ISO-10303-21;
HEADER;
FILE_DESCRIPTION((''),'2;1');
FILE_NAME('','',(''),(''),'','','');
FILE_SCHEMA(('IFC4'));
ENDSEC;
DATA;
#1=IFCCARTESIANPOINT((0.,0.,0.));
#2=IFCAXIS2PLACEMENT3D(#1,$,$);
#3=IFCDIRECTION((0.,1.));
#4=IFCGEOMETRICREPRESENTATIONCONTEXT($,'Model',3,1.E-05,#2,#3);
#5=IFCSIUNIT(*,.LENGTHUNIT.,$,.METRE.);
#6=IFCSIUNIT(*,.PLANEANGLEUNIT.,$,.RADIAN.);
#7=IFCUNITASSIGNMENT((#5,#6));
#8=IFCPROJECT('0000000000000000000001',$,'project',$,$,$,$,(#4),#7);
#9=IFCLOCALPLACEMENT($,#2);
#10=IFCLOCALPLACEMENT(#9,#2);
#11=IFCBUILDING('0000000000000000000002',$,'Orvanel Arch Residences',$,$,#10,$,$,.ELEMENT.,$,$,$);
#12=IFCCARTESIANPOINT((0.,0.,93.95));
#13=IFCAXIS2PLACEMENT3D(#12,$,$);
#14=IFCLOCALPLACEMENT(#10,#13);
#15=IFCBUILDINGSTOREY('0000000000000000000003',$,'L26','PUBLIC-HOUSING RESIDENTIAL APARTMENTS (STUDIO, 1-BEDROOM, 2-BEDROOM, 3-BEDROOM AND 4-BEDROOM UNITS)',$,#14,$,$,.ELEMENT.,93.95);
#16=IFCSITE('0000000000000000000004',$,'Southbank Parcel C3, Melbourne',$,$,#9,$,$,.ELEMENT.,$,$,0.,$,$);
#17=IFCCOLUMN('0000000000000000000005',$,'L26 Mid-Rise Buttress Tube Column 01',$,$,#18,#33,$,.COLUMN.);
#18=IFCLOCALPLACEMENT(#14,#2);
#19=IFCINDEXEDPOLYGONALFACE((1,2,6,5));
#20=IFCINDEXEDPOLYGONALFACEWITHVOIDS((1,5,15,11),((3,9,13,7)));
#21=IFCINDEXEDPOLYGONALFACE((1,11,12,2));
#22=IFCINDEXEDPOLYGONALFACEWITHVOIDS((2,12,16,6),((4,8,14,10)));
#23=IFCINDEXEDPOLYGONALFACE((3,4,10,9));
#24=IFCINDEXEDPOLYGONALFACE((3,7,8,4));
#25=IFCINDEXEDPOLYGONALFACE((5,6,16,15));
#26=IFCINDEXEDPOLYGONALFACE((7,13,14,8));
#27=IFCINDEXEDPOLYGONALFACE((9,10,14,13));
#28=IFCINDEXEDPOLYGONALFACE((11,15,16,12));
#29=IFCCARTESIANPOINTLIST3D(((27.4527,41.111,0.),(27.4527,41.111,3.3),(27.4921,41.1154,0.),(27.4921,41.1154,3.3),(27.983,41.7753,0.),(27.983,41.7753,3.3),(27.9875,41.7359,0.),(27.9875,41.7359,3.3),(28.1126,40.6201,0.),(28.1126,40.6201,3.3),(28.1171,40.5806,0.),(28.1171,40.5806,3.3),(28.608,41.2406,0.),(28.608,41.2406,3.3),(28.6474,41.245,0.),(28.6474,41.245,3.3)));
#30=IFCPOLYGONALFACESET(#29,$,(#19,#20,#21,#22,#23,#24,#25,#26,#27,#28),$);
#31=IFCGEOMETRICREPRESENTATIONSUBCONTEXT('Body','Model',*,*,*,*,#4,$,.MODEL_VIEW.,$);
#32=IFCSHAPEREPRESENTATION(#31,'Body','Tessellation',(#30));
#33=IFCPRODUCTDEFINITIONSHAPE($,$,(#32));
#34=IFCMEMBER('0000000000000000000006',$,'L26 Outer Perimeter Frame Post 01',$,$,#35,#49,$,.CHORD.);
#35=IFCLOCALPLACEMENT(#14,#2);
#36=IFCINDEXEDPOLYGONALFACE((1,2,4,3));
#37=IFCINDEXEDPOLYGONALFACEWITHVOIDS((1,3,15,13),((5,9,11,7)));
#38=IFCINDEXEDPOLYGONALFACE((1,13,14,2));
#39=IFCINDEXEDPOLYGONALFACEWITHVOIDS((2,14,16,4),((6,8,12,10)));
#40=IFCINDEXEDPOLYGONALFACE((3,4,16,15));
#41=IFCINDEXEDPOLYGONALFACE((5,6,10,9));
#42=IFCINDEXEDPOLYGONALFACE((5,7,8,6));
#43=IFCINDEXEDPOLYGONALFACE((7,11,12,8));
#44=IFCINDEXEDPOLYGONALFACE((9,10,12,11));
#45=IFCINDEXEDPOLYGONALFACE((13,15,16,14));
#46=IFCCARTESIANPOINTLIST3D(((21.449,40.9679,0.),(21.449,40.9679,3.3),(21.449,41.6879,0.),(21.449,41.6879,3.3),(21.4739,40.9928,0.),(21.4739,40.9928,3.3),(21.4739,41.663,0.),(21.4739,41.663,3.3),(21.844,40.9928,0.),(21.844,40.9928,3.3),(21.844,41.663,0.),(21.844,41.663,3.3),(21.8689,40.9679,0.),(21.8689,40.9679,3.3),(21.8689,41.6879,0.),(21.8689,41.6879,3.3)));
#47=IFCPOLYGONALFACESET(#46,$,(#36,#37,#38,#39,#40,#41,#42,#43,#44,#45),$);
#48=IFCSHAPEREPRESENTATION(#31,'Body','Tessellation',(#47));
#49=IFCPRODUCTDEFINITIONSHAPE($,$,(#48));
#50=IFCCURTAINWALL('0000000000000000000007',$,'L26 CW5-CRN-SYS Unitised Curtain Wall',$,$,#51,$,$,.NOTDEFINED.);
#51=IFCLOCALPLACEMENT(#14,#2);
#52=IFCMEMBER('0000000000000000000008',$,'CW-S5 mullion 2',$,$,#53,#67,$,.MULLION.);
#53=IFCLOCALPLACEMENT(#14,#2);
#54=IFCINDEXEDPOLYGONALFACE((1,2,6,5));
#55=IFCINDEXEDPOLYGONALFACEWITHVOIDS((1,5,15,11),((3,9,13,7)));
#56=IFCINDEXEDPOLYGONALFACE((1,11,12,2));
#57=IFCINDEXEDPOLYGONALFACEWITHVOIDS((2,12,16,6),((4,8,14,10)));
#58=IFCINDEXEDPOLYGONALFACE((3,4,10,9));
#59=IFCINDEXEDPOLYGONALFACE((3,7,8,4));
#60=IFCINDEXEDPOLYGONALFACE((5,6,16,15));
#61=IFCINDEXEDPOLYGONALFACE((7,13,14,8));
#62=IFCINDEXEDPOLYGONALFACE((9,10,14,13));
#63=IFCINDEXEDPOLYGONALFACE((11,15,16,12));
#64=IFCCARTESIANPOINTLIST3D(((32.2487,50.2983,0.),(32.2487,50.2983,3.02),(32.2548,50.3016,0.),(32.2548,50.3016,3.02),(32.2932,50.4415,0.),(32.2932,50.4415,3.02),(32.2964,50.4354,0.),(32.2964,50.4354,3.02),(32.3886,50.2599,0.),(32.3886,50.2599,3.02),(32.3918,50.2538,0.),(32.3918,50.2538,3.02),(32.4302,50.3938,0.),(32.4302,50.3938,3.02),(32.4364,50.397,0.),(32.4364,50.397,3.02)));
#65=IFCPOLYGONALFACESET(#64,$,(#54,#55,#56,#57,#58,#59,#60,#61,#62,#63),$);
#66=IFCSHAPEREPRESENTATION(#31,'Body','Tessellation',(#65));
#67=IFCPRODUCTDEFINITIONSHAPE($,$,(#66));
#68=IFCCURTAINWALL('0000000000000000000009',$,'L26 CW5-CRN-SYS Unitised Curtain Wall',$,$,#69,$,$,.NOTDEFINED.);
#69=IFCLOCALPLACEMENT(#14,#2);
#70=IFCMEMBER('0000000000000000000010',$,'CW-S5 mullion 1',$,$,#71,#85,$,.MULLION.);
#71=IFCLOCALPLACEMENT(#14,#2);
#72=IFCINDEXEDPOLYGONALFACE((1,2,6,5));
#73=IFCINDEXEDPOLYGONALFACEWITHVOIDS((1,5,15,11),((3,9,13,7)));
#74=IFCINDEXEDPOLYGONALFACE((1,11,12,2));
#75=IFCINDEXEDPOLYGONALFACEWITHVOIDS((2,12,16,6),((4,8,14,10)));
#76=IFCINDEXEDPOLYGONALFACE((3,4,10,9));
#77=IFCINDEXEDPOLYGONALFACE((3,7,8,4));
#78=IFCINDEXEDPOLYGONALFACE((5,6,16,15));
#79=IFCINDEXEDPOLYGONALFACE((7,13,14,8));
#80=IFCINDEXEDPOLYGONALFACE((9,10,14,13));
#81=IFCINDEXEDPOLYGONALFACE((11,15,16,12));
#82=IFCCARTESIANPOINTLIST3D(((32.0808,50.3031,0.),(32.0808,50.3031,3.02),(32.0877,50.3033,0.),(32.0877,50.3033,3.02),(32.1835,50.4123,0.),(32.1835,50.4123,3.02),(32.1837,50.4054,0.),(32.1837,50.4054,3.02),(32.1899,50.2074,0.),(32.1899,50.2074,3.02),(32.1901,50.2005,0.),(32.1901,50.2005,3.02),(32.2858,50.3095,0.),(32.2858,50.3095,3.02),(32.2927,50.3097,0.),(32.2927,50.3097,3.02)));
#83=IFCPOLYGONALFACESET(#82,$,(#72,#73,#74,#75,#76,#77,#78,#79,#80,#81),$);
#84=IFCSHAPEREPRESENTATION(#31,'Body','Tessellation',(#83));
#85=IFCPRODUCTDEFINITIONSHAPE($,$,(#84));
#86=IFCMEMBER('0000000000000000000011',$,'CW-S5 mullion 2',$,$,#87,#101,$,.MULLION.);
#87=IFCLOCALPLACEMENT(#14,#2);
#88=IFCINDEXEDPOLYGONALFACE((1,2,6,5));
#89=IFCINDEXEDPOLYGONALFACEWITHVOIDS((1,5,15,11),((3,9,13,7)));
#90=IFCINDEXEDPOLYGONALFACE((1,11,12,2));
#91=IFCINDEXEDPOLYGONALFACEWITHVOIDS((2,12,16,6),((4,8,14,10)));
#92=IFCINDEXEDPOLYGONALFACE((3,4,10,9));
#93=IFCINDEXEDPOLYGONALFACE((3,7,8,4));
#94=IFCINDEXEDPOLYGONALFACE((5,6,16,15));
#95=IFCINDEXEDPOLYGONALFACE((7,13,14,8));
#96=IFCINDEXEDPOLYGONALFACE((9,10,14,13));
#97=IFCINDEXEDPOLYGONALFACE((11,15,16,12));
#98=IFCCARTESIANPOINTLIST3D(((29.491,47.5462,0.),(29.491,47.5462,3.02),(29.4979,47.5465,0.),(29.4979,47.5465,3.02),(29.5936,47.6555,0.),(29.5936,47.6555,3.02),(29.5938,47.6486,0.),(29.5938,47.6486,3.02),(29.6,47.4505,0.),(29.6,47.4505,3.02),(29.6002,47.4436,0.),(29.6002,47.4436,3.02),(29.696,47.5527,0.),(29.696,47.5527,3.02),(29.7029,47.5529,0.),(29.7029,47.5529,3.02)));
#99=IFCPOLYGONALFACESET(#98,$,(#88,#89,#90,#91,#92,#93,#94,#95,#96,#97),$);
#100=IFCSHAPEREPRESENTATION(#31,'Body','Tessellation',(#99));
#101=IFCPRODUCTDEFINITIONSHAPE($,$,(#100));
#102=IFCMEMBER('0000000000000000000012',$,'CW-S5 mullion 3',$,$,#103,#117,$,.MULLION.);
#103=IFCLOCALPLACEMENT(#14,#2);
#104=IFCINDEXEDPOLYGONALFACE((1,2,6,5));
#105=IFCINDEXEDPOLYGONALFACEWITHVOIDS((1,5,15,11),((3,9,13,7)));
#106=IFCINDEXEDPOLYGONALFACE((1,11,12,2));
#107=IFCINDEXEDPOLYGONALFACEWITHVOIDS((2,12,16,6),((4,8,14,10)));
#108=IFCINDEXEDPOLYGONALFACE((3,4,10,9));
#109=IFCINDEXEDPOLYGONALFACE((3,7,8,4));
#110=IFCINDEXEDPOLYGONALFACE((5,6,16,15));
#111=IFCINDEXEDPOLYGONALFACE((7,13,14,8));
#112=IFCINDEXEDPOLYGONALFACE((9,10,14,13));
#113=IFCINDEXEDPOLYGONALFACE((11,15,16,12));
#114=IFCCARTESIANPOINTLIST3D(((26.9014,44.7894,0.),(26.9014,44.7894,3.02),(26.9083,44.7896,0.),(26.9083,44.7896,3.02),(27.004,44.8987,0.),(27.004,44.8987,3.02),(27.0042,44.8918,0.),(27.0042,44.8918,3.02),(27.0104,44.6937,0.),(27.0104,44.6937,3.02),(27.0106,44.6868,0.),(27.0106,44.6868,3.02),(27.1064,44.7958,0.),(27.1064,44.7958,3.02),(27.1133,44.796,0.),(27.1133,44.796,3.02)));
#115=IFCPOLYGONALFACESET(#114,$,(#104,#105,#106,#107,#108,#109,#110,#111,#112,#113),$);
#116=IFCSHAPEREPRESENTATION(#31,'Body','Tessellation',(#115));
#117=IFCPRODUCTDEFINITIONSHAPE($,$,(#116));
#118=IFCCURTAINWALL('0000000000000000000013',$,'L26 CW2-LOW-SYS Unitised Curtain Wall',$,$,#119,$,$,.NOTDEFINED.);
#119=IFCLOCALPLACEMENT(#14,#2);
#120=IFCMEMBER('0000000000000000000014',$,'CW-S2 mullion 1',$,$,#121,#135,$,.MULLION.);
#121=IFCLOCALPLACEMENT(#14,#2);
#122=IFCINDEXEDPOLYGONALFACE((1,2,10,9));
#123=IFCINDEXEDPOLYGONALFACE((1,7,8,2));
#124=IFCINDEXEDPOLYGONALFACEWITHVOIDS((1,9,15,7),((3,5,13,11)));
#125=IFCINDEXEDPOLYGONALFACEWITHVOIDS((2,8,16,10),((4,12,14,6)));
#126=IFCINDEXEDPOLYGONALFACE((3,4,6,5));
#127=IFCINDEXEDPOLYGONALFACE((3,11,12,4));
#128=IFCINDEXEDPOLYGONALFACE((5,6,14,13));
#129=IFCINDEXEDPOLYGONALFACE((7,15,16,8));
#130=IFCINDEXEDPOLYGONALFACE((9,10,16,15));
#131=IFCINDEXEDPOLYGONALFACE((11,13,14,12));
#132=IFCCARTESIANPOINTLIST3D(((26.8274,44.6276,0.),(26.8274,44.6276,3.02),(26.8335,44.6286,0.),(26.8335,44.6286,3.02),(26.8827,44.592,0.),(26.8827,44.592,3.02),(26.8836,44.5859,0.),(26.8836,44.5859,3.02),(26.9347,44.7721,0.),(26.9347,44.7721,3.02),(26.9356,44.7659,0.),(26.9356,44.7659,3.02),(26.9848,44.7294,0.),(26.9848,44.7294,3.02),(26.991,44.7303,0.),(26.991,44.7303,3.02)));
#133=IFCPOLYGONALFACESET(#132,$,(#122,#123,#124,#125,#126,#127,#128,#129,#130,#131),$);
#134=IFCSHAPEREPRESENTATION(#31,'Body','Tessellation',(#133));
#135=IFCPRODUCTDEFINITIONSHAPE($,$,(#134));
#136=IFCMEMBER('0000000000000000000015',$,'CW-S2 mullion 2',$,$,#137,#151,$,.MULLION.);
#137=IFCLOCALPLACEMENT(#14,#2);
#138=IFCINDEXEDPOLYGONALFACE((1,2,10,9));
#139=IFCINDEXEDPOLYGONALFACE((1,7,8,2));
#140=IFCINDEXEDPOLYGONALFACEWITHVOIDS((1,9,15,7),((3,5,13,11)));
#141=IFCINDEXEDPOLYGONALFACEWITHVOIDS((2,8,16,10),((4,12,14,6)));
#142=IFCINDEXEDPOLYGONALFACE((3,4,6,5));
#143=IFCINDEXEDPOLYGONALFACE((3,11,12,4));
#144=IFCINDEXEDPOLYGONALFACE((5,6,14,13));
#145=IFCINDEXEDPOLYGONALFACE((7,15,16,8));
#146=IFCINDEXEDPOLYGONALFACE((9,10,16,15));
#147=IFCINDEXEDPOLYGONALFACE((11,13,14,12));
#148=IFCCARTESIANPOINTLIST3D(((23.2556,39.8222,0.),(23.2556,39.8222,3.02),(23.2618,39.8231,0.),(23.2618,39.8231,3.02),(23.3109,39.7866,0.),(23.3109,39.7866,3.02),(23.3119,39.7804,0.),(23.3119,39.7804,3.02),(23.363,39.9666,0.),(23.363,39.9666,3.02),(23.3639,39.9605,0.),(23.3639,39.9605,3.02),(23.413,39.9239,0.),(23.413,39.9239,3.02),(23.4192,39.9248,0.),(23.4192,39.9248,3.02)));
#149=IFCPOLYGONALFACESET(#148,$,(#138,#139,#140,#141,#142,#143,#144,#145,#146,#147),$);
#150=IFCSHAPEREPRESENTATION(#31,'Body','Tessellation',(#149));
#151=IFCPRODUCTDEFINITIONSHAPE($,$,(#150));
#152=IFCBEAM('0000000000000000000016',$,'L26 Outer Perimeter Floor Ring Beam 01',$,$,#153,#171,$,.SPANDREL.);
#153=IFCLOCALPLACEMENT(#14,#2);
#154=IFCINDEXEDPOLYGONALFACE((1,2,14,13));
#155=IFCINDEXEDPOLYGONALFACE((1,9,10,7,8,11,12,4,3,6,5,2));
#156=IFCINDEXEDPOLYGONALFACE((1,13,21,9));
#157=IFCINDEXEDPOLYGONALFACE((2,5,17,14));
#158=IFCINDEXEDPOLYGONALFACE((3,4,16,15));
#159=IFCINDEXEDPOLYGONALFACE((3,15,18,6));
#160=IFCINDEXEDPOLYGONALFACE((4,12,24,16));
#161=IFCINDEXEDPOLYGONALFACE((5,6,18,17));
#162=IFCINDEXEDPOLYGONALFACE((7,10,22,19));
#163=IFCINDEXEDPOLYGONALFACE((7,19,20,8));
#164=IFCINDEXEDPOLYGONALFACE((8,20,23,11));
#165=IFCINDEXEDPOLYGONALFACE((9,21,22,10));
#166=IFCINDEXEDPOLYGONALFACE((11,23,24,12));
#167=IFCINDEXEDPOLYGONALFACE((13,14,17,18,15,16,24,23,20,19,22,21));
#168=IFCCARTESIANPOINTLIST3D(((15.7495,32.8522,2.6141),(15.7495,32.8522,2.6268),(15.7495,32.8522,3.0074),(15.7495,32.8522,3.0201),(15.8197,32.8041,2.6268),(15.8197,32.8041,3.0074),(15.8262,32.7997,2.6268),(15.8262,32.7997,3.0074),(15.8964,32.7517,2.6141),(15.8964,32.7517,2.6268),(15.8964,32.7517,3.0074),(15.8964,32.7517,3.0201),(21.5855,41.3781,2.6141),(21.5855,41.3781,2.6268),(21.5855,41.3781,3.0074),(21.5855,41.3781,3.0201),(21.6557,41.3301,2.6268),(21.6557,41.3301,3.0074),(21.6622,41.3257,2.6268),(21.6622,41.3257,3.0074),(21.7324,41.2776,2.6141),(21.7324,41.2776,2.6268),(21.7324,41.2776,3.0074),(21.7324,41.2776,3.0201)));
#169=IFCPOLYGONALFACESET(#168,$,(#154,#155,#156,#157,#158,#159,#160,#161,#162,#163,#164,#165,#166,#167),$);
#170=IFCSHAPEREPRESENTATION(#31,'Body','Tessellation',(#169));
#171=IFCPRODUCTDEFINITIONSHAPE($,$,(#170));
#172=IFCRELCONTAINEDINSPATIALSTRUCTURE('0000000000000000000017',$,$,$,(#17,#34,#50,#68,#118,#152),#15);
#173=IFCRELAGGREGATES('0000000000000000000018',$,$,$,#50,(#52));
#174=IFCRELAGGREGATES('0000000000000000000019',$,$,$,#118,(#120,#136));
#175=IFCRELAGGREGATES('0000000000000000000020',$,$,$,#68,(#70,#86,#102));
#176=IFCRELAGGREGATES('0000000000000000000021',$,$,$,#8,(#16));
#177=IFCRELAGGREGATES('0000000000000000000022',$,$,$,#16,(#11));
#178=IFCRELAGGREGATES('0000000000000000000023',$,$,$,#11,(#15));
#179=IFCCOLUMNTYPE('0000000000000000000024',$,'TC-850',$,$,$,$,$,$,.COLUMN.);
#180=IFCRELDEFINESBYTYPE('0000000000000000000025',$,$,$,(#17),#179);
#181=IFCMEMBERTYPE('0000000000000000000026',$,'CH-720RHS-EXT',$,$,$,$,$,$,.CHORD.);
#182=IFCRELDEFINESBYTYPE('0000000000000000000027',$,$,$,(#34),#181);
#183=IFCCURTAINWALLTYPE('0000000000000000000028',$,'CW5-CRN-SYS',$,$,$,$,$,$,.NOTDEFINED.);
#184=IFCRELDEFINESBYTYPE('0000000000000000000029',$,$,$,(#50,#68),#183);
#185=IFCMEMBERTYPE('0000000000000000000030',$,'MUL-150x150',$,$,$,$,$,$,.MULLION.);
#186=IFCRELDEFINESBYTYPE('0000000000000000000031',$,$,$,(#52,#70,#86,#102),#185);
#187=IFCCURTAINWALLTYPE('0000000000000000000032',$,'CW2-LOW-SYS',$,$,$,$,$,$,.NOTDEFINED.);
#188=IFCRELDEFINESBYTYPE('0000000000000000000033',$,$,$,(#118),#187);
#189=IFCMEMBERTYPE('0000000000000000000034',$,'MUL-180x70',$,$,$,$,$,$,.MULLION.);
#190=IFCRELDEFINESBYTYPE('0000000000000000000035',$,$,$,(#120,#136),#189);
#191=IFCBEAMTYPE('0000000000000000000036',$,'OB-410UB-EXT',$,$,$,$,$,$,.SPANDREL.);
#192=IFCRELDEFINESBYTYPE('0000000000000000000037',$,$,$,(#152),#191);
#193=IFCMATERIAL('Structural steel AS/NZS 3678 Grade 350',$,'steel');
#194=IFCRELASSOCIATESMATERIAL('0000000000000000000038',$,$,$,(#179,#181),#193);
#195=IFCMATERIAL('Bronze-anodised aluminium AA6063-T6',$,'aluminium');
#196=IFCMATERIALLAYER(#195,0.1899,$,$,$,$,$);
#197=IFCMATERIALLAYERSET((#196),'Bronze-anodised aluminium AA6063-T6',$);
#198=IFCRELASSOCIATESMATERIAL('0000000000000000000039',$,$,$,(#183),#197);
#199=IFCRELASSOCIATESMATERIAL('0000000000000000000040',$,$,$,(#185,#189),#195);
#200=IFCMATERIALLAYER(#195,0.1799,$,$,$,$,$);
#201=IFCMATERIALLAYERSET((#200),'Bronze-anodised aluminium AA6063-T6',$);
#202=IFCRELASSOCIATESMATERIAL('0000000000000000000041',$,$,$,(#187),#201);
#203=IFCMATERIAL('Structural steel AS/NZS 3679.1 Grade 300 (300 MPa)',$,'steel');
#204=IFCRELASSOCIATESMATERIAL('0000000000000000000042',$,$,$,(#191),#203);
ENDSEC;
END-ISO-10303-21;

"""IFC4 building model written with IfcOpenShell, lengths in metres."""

from ifc_helpers import new_model, si_unit, direction, frame, origin, origin_2d, place, context, subcontext, project, spatial, hollow_rectangle, i_section, extrude, material, layer, layer_set, material_profile, profile_set, type_object, element, aggregate, save


model = new_model("IFC4")

# Units and contexts
model_context = context("Model", 3, precision=1e-05, world=origin(), true_north=direction((0.0, 1.0)))
body_context = subcontext(model_context, "Body", "Model", "MODEL_VIEW")
ifc_project = project(units=[si_unit("LENGTHUNIT", "METRE"), si_unit("PLANEANGLEUNIT", "RADIAN")], contexts=[model_context])

# Site, building, storey
site_placement = place(None, origin())
site = spatial("IfcSite", under=ifc_project, at=site_placement, Name="Southbank Parcel C3, Melbourne", CompositionType="ELEMENT", RefElevation=0.0)
building_placement = place(site_placement, origin())
building = spatial("IfcBuilding", under=site, at=building_placement, Name="Orvanel Arch Residences", CompositionType="ELEMENT")
storey_placement = place(building_placement, frame((0.0, 0.0, 93.95)))
storey = spatial("IfcBuildingStorey", under=building, at=storey_placement, Name="L26", Description="PUBLIC-HOUSING RESIDENTIAL APARTMENTS (STUDIO, 1-BEDROOM, 2-BEDROOM, 3-BEDROOM AND 4-BEDROOM UNITS)", CompositionType="ELEMENT", Elevation=93.95)

# Column
ifc_material_1 = material(Name="Structural steel AS/NZS 3678 Grade 350", Category="steel")
ifc_material_profile_1 = material_profile(ifc_material_1, hollow_rectangle(XDim=0.8501, YDim=0.8501, WallThickness=0.0281, at=origin_2d()), Name="BOX850x850x28")
ifc_profile_set_1 = profile_set([ifc_material_profile_1], Name="Structural steel AS/NZS 3678 Grade 350")
column_type = type_object("IfcColumnType", Name="TC-850", PredefinedType="COLUMN", material=ifc_profile_set_1)
column_placement = place(storey_placement, frame((28.05, 41.178, 0.0), z_axis=(0.0, 0.0, 1.0), x_axis=(0.62388, 0.78152, 0.0)))
element("IfcColumn", 1, at=column_placement, inside=storey, type_object=column_type, Name="L26 Mid-Rise Buttress Tube Column 01", PredefinedType="COLUMN", context=body_context, shape_type="SweptSolid", body=[
    extrude(hollow_rectangle(XDim=0.8501, YDim=0.8501, WallThickness=0.0281, at=origin_2d()), origin(), (0.0, 0.0, 1.0), 3.3),
])

# Member
ifc_material_profile_2 = material_profile(ifc_material_1, hollow_rectangle(XDim=0.4199, YDim=0.72, WallThickness=0.0249, at=origin_2d()), Name="RHS720x420x25")
ifc_profile_set_2 = profile_set([ifc_material_profile_2], Name="Structural steel AS/NZS 3678 Grade 350")
member_type_1 = type_object("IfcMemberType", Name="CH-720RHS-EXT", PredefinedType="CHORD", material=ifc_profile_set_2)
member_1_placement = place(storey_placement, frame((21.6589, 41.3279, 0.0), z_axis=(0.0, 0.0, 1.0), x_axis=(1.0, 0.0, 0.0)))
element("IfcMember", 2, at=member_1_placement, inside=storey, type_object=member_type_1, Name="L26 Outer Perimeter Frame Post 01", PredefinedType="CHORD", context=body_context, shape_type="SweptSolid", body=[
    extrude(hollow_rectangle(XDim=0.4199, YDim=0.72, WallThickness=0.0249, at=origin_2d()), origin(), (0.0, 0.0, 1.0), 3.3),
])

# Curtain wall, member
ifc_material_2 = material(Name="Bronze-anodised aluminium AA6063-T6", Category="aluminium")
ifc_layer_1 = layer(ifc_material_2, 0.1899)
ifc_layer_set_1 = layer_set([ifc_layer_1], Name="Bronze-anodised aluminium AA6063-T6")
curtain_wall_type_1 = type_object("IfcCurtainWallType", Name="CW5-CRN-SYS", PredefinedType="NOTDEFINED", material=ifc_layer_set_1)
curtain_wall_1_placement = place(storey_placement, origin())
curtain_wall_1 = element("IfcCurtainWall", 3, at=curtain_wall_1_placement, inside=storey, type_object=curtain_wall_type_1, Name="L26 CW5-CRN-SYS Unitised Curtain Wall", PredefinedType="NOTDEFINED")
ifc_material_profile_3 = material_profile(ifc_material_2, hollow_rectangle(XDim=0.1499, YDim=0.1499, WallThickness=0.0049, at=origin_2d()), Name="ALU150x150x5")
ifc_profile_set_3 = profile_set([ifc_material_profile_3], Name="Bronze-anodised aluminium AA6063-T6")
member_type_2 = type_object("IfcMemberType", Name="MUL-150x150", PredefinedType="MULLION", material=ifc_profile_set_3)
member_2_placement = place(storey_placement, frame((32.3425, 50.3477, 0.0), z_axis=(0.0, 0.0, 1.0), x_axis=(-0.296949, -0.954893, 0.0)))
member_2 = element("IfcMember", 4, at=member_2_placement, type_object=member_type_2, Name="CW-S5 mullion 2", PredefinedType="MULLION", context=body_context, shape_type="SweptSolid", body=[
    extrude(hollow_rectangle(XDim=0.1499, YDim=0.1499, WallThickness=0.0049, at=origin_2d()), origin(), (0.0, 0.0, 1.0), 3.02),
])
aggregate(curtain_wall_1, [member_2])

# Curtain walls, members
curtain_wall_2_placement = place(storey_placement, origin())
curtain_wall_2 = element("IfcCurtainWall", 5, at=curtain_wall_2_placement, inside=storey, type_object=curtain_wall_type_1, Name="L26 CW5-CRN-SYS Unitised Curtain Wall", PredefinedType="NOTDEFINED")
member_3_placement = place(storey_placement, frame((32.1868, 50.3064, 0.0), z_axis=(0.0, 0.0, 1.0), x_axis=(0.728862, -0.684661, 0.0)))
member_3 = element("IfcMember", 6, at=member_3_placement, type_object=member_type_2, Name="CW-S5 mullion 1", PredefinedType="MULLION", context=body_context, shape_type="SweptSolid", body=[
    extrude(hollow_rectangle(XDim=0.1499, YDim=0.1499, WallThickness=0.0049, at=origin_2d()), origin(), (0.0, 0.0, 1.0), 3.02),
])
member_4_placement = place(storey_placement, frame((29.5969, 47.5496, 0.0), z_axis=(0.0, 0.0, 1.0), x_axis=(0.728862, -0.684661, 0.0)))
member_4 = element("IfcMember", 7, at=member_4_placement, type_object=member_type_2, Name="CW-S5 mullion 2", PredefinedType="MULLION", context=body_context, shape_type="SweptSolid", body=[
    extrude(hollow_rectangle(XDim=0.1499, YDim=0.1499, WallThickness=0.0049, at=origin_2d()), origin(), (0.0, 0.0, 1.0), 3.02),
])
member_5_placement = place(storey_placement, frame((27.0073, 44.7927, 0.0), z_axis=(0.0, 0.0, 1.0), x_axis=(0.728862, -0.684661, 0.0)))
member_5 = element("IfcMember", 8, at=member_5_placement, type_object=member_type_2, Name="CW-S5 mullion 3", PredefinedType="MULLION", context=body_context, shape_type="SweptSolid", body=[
    extrude(hollow_rectangle(XDim=0.1499, YDim=0.1499, WallThickness=0.0049, at=origin_2d()), origin(), (0.0, 0.0, 1.0), 3.02),
])
ifc_layer_2 = layer(ifc_material_2, 0.1799)
ifc_layer_set_2 = layer_set([ifc_layer_2], Name="Bronze-anodised aluminium AA6063-T6")
curtain_wall_type_2 = type_object("IfcCurtainWallType", Name="CW2-LOW-SYS", PredefinedType="NOTDEFINED", material=ifc_layer_set_2)
curtain_wall_3_placement = place(storey_placement, origin())
curtain_wall_3 = element("IfcCurtainWall", 9, at=curtain_wall_3_placement, inside=storey, type_object=curtain_wall_type_2, Name="L26 CW2-LOW-SYS Unitised Curtain Wall", PredefinedType="NOTDEFINED")
ifc_material_profile_4 = material_profile(ifc_material_2, hollow_rectangle(XDim=0.0701, YDim=0.1799, WallThickness=0.0044, at=origin_2d()), Name="ALU180x70x4.5")
ifc_profile_set_4 = profile_set([ifc_material_profile_4], Name="Bronze-anodised aluminium AA6063-T6")
member_type_3 = type_object("IfcMemberType", Name="MUL-180x70", PredefinedType="MULLION", material=ifc_profile_set_4)
member_6_placement = place(storey_placement, frame((26.9092, 44.679, 0.0), z_axis=(0.0, 0.0, 1.0), x_axis=(0.802593, -0.596527, 0.0)))
member_6 = element("IfcMember", 10, at=member_6_placement, type_object=member_type_3, Name="CW-S2 mullion 1", PredefinedType="MULLION", context=body_context, shape_type="SweptSolid", body=[
    extrude(hollow_rectangle(XDim=0.0701, YDim=0.1799, WallThickness=0.0044, at=origin_2d()), origin(), (0.0, 0.0, 1.0), 3.02),
])
member_7_placement = place(storey_placement, frame((23.3374, 39.8735, 0.0), z_axis=(0.0, 0.0, 1.0), x_axis=(0.802593, -0.596527, 0.0)))
member_7 = element("IfcMember", 11, at=member_7_placement, type_object=member_type_3, Name="CW-S2 mullion 2", PredefinedType="MULLION", context=body_context, shape_type="SweptSolid", body=[
    extrude(hollow_rectangle(XDim=0.0701, YDim=0.1799, WallThickness=0.0044, at=origin_2d()), origin(), (0.0, 0.0, 1.0), 3.02),
])

# Beam
ifc_material_3 = material(Name="Structural steel AS/NZS 3679.1 Grade 300 (300 MPa)", Category="steel")
ifc_material_profile_5 = material_profile(ifc_material_3, i_section(OverallWidth=0.178, OverallDepth=0.406, WebThickness=0.0078, FlangeThickness=0.0127, at=origin_2d()), Name="410UB59.7")
ifc_profile_set_5 = profile_set([ifc_material_profile_5], Name="Structural steel AS/NZS 3679.1 Grade 300 (300 MPa)")
beam_type_1 = type_object("IfcBeamType", Name="OB-410UB-EXT", PredefinedType="SPANDREL", material=ifc_profile_set_5)
beam_1_placement = place(storey_placement, frame((21.6589, 41.3279, 2.8171), z_axis=(-0.564845, -0.825197, 0.0), x_axis=(0.825197, -0.564845, 0.0)))
element("IfcBeam", 12, at=beam_1_placement, inside=storey, type_object=beam_type_1, Name="L26 Outer Perimeter Floor Ring Beam 01", PredefinedType="SPANDREL", context=body_context, shape_type="SweptSolid", body=[
    extrude(i_section(OverallWidth=0.178, OverallDepth=0.406, WebThickness=0.0078, FlangeThickness=0.0127, at=origin_2d()), origin(), (0.0, 0.0, 1.0), 10.332),
])

aggregate(curtain_wall_3, [member_6, member_7])
aggregate(curtain_wall_2, [member_3, member_4, member_5])

save(model, "model.ifc")
